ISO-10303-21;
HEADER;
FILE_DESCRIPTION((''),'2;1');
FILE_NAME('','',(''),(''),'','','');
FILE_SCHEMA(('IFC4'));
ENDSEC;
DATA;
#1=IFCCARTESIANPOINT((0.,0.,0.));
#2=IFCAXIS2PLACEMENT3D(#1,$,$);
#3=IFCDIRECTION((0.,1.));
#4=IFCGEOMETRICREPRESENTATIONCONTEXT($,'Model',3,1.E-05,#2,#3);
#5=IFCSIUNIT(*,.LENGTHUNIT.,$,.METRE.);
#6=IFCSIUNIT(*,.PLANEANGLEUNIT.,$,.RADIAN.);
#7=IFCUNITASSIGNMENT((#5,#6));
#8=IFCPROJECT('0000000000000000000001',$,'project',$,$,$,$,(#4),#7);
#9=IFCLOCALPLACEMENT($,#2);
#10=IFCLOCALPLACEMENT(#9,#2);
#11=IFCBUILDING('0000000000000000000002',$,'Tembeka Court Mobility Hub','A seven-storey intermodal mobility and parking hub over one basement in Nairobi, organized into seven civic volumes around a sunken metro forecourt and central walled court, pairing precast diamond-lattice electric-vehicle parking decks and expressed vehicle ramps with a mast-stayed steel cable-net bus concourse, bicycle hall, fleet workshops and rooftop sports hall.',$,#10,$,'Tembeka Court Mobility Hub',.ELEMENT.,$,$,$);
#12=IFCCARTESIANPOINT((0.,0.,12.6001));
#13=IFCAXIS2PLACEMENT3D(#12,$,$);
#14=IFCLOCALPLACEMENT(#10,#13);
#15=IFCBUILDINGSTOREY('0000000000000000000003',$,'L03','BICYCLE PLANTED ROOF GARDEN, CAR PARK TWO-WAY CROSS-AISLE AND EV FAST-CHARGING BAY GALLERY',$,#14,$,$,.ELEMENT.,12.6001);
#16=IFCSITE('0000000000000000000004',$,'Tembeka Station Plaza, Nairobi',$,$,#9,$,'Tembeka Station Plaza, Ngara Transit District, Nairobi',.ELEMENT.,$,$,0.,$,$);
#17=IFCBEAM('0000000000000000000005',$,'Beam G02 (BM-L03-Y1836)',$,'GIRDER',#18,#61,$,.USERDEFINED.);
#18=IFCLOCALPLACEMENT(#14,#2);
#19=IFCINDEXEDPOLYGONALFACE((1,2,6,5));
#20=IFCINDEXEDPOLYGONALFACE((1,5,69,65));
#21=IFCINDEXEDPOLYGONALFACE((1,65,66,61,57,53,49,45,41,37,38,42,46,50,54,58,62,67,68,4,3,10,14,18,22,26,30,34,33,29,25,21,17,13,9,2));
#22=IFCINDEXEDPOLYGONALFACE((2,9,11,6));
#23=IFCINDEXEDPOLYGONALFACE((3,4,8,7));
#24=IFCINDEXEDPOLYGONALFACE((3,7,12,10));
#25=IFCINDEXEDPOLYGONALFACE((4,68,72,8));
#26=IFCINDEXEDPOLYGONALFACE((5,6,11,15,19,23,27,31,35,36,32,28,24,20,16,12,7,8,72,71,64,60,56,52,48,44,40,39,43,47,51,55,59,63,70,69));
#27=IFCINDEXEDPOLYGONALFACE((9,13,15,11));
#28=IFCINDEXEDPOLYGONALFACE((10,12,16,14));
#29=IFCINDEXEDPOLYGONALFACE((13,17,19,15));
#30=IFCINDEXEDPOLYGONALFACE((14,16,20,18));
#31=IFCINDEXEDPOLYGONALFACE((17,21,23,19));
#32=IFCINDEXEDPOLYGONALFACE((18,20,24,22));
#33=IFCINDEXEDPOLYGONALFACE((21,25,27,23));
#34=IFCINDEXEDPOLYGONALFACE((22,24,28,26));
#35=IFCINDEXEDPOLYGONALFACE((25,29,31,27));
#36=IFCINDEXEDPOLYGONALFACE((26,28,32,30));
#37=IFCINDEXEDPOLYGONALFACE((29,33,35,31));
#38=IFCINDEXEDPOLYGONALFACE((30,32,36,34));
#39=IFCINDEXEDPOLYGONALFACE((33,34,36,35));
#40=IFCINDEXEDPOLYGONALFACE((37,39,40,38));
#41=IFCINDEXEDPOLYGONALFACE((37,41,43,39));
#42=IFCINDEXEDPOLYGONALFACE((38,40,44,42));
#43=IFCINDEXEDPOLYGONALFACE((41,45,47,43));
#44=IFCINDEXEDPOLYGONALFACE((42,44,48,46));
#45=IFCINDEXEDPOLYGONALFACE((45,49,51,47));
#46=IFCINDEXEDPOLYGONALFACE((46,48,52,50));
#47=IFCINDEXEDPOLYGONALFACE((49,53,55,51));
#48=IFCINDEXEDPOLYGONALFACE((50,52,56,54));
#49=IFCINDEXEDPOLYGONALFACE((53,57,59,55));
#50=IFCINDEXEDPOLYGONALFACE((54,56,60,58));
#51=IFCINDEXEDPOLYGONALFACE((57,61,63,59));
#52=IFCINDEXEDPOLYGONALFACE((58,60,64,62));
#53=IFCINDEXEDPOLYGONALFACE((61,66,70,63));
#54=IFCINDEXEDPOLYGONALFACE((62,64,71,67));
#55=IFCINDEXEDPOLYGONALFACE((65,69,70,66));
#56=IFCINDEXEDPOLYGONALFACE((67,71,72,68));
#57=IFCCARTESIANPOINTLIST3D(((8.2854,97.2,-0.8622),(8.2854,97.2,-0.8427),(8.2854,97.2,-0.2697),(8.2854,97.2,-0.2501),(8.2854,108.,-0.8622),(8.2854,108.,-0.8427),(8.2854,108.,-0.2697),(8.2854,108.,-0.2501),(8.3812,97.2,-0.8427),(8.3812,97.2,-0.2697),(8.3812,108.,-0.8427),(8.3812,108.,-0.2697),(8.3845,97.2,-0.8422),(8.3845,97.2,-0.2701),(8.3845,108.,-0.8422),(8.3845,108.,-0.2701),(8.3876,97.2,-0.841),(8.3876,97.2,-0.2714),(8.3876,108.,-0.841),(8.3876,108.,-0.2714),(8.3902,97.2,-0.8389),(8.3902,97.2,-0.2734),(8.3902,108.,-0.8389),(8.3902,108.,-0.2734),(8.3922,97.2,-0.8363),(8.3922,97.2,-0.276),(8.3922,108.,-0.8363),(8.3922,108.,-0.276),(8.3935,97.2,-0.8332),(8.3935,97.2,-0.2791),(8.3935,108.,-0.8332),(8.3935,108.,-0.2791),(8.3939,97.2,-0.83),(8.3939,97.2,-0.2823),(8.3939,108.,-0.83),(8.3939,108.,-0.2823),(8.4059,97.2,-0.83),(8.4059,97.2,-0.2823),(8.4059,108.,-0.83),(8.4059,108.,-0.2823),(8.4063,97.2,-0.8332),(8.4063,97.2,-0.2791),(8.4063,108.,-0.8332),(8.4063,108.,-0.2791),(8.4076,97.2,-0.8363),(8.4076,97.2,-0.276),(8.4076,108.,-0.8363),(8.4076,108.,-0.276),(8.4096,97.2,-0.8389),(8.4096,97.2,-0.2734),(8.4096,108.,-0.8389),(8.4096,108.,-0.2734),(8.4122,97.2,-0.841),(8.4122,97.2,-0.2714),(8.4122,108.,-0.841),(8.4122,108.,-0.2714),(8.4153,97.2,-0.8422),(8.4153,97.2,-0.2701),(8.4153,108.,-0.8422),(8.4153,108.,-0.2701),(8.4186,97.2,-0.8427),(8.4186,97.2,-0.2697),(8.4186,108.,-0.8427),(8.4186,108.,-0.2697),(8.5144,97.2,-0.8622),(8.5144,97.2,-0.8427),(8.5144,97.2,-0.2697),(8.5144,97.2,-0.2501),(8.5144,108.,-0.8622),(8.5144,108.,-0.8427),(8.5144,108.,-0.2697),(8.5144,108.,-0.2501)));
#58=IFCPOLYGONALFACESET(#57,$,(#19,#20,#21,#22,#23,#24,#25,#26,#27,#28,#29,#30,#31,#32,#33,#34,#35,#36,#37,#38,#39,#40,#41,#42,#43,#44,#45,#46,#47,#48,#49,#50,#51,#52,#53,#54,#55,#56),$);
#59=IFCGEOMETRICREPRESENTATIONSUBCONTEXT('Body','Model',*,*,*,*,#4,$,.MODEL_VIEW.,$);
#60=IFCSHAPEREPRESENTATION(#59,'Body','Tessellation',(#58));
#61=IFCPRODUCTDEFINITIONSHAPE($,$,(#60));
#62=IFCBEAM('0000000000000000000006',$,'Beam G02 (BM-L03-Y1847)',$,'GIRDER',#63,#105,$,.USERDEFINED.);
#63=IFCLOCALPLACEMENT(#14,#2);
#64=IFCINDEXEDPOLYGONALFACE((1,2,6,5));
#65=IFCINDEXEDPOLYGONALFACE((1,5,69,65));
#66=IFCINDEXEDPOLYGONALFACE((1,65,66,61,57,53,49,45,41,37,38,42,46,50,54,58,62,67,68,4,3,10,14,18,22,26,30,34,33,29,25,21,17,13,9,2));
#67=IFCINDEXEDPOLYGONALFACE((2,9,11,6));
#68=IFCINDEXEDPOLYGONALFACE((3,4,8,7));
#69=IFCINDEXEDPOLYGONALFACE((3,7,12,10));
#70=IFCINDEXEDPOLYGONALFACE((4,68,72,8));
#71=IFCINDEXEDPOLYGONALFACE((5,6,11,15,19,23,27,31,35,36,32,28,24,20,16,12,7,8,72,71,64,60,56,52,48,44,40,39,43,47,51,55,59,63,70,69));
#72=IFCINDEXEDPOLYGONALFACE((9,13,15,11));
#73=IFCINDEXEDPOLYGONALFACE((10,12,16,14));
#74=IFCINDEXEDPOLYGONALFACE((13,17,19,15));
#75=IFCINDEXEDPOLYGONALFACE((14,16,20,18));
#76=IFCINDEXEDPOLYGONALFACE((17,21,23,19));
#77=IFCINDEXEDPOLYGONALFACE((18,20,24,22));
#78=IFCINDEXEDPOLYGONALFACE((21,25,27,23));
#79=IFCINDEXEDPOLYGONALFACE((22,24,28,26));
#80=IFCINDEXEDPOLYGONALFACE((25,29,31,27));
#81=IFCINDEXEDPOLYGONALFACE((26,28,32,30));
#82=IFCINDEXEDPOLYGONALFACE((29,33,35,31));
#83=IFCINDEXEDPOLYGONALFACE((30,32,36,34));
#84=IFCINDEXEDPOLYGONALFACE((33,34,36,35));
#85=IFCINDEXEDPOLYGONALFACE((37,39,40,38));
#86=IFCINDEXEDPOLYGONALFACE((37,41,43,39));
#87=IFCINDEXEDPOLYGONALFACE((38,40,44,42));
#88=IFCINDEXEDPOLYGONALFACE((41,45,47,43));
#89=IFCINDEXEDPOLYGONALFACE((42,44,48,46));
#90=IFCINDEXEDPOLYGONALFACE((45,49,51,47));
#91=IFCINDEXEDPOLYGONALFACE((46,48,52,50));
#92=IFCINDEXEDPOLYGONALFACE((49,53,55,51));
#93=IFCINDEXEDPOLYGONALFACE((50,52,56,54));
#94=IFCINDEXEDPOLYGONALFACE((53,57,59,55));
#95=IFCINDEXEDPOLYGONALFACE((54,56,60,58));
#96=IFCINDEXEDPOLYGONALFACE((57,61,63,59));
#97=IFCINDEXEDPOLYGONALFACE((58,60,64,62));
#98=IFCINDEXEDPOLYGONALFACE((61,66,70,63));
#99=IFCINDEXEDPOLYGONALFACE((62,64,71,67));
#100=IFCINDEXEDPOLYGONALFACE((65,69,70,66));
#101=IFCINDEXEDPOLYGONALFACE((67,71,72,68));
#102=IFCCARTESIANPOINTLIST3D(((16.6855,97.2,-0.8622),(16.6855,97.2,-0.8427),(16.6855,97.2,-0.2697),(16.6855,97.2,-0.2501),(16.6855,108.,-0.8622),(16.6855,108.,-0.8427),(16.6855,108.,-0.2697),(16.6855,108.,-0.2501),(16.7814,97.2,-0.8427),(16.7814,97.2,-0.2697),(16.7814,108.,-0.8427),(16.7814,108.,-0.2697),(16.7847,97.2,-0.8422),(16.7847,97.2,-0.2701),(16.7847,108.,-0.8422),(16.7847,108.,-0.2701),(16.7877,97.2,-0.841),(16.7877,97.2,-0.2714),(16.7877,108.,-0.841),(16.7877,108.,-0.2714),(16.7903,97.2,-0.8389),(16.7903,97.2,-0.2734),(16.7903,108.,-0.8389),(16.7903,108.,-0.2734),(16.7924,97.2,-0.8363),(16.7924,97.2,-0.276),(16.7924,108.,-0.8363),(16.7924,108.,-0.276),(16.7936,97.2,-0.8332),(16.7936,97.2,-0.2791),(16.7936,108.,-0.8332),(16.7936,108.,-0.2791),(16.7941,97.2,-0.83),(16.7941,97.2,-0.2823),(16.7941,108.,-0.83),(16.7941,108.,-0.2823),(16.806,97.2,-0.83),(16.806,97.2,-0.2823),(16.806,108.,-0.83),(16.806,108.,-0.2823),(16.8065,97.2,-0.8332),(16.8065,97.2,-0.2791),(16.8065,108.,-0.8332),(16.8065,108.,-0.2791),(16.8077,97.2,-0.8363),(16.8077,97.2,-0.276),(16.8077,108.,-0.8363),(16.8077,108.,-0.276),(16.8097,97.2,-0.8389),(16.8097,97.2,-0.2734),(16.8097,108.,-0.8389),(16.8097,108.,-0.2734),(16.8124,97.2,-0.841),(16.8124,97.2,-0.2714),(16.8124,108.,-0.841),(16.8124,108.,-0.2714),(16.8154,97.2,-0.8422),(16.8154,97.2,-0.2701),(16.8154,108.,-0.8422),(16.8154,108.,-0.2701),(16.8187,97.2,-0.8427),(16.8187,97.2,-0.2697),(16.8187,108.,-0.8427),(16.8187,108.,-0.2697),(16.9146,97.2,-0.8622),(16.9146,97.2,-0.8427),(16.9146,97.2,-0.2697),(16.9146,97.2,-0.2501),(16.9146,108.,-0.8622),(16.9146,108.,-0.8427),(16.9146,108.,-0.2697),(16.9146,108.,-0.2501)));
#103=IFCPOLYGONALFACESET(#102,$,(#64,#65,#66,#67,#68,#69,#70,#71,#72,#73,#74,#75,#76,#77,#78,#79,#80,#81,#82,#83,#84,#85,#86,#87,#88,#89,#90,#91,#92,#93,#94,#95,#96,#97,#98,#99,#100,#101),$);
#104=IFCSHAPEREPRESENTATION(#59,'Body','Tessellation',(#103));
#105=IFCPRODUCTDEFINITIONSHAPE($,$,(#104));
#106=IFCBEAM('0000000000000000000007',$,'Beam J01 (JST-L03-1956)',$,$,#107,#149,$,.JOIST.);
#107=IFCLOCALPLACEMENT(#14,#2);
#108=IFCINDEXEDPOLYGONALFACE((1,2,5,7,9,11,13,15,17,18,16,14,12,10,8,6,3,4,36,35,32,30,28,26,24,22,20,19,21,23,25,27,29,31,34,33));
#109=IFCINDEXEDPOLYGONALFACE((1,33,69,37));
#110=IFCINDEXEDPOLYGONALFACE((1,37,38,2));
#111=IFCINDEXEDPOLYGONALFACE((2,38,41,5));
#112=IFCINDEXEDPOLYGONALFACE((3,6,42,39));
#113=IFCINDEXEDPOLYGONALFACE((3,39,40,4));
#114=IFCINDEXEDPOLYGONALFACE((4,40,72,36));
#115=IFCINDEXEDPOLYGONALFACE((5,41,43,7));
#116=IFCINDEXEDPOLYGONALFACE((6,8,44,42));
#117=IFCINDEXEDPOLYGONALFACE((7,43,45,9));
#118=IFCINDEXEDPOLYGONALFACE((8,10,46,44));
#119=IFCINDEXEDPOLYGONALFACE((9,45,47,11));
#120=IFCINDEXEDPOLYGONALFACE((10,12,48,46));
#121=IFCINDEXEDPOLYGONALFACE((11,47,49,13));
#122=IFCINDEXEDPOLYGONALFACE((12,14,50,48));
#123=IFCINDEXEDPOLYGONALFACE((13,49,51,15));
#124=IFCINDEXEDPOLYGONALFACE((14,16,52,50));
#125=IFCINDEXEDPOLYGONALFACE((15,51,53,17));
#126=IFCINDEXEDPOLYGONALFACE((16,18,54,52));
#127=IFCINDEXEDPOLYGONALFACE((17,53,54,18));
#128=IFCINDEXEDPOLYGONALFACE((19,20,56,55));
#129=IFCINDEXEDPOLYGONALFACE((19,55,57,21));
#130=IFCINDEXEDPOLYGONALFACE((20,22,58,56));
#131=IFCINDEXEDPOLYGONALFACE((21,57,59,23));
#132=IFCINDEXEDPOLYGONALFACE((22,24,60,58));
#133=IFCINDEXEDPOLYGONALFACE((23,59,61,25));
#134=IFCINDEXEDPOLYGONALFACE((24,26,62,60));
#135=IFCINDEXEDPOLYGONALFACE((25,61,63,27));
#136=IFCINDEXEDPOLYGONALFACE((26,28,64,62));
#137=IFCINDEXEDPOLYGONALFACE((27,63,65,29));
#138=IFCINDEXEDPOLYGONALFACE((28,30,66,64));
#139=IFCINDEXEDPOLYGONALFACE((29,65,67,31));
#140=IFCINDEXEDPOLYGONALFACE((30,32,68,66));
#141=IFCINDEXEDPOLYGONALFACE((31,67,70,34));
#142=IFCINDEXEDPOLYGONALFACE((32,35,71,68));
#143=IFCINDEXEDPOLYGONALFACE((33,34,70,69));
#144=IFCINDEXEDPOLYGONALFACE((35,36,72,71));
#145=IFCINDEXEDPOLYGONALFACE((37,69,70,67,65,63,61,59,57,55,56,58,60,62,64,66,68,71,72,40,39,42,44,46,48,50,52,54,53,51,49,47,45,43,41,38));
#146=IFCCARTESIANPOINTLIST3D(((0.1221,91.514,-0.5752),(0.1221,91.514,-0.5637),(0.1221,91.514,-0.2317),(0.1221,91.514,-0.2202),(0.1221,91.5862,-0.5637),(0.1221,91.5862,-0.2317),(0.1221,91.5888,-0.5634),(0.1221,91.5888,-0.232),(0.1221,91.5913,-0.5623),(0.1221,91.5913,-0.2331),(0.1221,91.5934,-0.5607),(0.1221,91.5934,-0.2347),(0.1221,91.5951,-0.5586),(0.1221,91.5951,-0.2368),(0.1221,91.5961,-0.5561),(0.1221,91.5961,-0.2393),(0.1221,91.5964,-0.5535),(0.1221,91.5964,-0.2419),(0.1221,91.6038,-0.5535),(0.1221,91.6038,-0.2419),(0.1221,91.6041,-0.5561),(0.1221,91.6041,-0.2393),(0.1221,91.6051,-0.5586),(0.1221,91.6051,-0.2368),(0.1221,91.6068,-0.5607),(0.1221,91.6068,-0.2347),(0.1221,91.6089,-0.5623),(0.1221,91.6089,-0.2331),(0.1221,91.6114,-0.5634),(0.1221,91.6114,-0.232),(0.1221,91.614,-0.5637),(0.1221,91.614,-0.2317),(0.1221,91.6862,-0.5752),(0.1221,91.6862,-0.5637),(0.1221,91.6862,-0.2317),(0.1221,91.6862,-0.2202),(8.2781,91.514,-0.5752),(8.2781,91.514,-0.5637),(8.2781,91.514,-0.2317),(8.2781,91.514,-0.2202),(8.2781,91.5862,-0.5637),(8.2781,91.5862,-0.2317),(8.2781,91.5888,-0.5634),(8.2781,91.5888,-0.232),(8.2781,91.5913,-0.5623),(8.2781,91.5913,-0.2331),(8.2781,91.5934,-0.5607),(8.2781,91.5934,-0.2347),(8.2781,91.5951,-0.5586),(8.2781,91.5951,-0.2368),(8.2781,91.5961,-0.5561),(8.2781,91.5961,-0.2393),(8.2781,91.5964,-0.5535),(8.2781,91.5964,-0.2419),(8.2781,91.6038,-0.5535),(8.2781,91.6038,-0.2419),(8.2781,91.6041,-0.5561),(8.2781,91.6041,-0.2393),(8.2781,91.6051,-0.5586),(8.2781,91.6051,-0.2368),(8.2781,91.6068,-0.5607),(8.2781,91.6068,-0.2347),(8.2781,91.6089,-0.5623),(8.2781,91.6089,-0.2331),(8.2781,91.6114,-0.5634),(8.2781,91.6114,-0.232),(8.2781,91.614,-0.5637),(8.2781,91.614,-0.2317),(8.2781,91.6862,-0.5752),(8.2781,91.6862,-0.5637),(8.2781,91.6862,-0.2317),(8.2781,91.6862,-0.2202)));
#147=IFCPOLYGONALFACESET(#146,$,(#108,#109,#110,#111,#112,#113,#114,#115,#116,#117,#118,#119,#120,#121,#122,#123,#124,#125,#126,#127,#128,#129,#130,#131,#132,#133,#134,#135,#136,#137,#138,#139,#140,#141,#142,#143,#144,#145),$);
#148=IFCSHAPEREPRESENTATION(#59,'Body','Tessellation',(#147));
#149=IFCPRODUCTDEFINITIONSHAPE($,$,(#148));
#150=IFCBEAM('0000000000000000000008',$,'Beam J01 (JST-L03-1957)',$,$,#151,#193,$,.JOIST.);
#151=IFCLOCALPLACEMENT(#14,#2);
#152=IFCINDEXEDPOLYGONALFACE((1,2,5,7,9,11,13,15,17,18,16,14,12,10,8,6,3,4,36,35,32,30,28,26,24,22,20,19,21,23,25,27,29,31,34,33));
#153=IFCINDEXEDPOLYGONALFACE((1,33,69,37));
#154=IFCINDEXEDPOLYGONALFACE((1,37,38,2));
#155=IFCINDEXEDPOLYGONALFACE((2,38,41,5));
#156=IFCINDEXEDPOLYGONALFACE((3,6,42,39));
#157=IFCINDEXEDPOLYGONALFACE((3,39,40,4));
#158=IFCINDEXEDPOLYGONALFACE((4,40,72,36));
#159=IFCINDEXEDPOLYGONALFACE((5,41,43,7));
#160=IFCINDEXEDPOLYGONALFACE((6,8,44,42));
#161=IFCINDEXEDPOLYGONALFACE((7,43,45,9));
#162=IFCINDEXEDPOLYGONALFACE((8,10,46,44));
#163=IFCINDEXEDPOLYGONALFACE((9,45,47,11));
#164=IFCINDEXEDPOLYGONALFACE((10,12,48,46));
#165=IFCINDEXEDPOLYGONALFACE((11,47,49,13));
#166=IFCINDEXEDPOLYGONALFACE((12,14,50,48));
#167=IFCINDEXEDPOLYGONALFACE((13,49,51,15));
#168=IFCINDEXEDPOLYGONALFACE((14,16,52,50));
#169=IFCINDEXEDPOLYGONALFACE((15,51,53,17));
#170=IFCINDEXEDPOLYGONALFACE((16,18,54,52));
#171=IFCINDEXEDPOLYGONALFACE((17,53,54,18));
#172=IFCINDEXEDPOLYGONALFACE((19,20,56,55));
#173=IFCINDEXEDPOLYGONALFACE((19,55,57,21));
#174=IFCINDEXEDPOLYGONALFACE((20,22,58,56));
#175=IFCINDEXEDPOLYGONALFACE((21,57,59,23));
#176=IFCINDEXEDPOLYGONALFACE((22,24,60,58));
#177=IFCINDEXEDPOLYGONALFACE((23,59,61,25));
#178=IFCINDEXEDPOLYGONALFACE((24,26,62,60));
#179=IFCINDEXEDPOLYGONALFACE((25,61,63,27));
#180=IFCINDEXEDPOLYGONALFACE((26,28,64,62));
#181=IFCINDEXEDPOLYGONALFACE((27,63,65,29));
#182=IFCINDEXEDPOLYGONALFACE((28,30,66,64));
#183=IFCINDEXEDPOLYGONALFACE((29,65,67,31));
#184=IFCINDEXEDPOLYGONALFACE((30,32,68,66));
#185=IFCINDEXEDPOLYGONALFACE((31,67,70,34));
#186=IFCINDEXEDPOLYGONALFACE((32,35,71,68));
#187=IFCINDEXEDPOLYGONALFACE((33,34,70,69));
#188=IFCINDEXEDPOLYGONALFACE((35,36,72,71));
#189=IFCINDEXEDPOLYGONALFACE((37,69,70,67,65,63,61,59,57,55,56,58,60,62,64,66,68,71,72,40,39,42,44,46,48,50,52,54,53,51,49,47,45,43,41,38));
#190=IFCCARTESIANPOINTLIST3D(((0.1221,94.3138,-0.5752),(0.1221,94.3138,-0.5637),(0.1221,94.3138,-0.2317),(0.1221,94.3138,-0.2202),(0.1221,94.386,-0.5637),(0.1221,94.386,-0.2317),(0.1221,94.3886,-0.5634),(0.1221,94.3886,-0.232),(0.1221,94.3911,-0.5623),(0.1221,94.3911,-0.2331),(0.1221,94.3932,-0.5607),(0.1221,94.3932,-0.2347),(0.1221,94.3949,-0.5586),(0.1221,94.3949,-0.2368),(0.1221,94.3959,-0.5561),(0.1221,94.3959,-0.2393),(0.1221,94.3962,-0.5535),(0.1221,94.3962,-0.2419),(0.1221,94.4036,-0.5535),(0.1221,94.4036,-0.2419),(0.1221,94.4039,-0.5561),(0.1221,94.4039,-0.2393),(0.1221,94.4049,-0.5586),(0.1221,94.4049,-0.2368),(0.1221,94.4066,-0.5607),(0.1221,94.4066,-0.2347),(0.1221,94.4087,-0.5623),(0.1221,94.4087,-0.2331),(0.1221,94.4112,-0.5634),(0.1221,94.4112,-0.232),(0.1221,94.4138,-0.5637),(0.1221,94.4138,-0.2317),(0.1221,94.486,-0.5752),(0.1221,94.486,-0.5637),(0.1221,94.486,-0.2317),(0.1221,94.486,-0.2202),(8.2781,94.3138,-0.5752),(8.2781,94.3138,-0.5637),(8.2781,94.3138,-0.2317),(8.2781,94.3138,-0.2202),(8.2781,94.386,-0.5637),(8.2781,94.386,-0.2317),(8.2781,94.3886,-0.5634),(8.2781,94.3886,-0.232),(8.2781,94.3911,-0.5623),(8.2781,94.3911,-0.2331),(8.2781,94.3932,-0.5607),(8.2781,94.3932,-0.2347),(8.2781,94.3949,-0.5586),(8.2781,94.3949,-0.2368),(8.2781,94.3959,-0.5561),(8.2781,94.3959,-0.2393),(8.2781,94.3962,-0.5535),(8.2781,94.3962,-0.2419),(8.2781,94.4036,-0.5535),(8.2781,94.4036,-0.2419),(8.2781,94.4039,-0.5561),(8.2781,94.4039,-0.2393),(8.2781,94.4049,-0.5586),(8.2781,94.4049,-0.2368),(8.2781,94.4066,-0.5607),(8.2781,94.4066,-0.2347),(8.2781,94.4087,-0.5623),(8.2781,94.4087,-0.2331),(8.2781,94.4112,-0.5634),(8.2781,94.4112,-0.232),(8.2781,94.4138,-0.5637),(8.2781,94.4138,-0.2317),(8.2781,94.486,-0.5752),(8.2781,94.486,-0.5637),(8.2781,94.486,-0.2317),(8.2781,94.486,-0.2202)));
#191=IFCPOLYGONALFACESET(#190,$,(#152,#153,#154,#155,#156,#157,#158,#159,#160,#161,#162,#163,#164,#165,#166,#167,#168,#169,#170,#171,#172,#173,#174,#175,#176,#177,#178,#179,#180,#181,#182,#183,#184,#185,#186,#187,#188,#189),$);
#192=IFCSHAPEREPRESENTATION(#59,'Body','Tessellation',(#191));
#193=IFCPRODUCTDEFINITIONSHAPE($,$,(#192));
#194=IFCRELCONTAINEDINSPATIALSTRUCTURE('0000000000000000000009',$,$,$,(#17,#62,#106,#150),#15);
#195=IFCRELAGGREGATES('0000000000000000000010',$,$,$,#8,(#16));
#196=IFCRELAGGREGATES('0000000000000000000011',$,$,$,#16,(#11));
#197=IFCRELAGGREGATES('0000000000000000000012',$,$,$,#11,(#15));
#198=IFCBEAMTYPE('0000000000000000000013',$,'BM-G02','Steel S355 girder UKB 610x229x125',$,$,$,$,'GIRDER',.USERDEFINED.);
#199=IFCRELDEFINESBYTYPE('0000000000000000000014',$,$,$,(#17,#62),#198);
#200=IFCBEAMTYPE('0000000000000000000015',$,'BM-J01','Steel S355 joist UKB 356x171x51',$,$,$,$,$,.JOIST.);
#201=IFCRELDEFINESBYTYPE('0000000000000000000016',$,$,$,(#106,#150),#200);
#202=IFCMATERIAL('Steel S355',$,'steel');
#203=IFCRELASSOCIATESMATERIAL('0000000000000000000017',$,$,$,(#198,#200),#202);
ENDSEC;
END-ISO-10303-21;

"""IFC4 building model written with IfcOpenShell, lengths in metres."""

from ifc_helpers import new_model, si_unit, direction, frame, origin, origin_2d, place, context, subcontext, project, spatial, i_section, extrude, material, material_profile, profile_set, type_object, element, save


model = new_model("IFC4")

# Units and contexts
model_context = context("Model", 3, precision=1e-05, world=origin(), true_north=direction((0.0, 1.0)))
body_context = subcontext(model_context, "Body", "Model", "MODEL_VIEW")
ifc_project = project(units=[si_unit("LENGTHUNIT", "METRE"), si_unit("PLANEANGLEUNIT", "RADIAN")], contexts=[model_context])

# Site, building, storey
site_placement = place(None, origin())
site = spatial("IfcSite", under=ifc_project, at=site_placement, Name="Tembeka Station Plaza, Nairobi", LongName="Tembeka Station Plaza, Ngara Transit District, Nairobi", CompositionType="ELEMENT", RefElevation=0.0)
building_placement = place(site_placement, origin())
building = spatial("IfcBuilding", under=site, at=building_placement, Name="Tembeka Court Mobility Hub", Description="A seven-storey intermodal mobility and parking hub over one basement in Nairobi, organized into seven civic volumes around a sunken metro forecourt and central walled court, pairing precast diamond-lattice electric-vehicle parking decks and expressed vehicle ramps with a mast-stayed steel cable-net bus concourse, bicycle hall, fleet workshops and rooftop sports hall.", LongName="Tembeka Court Mobility Hub", CompositionType="ELEMENT")
storey_placement = place(building_placement, frame((0.0, 0.0, 12.6001)))
storey = spatial("IfcBuildingStorey", under=building, at=storey_placement, Name="L03", Description="BICYCLE PLANTED ROOF GARDEN, CAR PARK TWO-WAY CROSS-AISLE AND EV FAST-CHARGING BAY GALLERY", CompositionType="ELEMENT", Elevation=12.6001)

# Shared definitions
ifc_material_1 = material(Name="Steel S355", Category="steel")

# Beams
ifc_material_profile_1 = material_profile(ifc_material_1, i_section(OverallWidth=0.229, OverallDepth=0.6121, WebThickness=0.012, FlangeThickness=0.0195, FilletRadius=0.0127, at=origin_2d()), Name="UKB 610x229x125")
ifc_profile_set_1 = profile_set([ifc_material_profile_1], Name="Steel S355")
beam_type_1 = type_object("IfcBeamType", Name="BM-G02", Description="Steel S355 girder UKB 610x229x125", ElementType="GIRDER", PredefinedType="USERDEFINED", material=ifc_profile_set_1)
for number, where, z_axis, x_axis, name in (
    (1, (8.3999, 97.2, -0.5562), (0.0, 1.0, 0.0), (-1.0, 0.0, 0.0), "Beam G02 (BM-L03-Y1836)"),
    (2, (16.8, 97.2, -0.5562), (0.0, 1.0, 0.0), (-1.0, 0.0, 0.0), "Beam G02 (BM-L03-Y1847)"),
):
    element("IfcBeam", number, at=place(storey_placement, frame(where, z_axis=z_axis, x_axis=x_axis)), inside=storey, type_object=beam_type_1, Name=name, ObjectType="GIRDER", PredefinedType="USERDEFINED", context=body_context, shape_type="SweptSolid", body=[
        extrude(i_section(OverallWidth=0.229, OverallDepth=0.6121, WebThickness=0.012, FlangeThickness=0.0195, FilletRadius=0.0127, at=origin_2d()), origin(), (0.0, 0.0, 1.0), 10.8),
    ])
ifc_material_profile_2 = material_profile(ifc_material_1, i_section(OverallWidth=0.1721, OverallDepth=0.355, WebThickness=0.0073, FlangeThickness=0.0115, FilletRadius=0.0103, at=origin_2d()), Name="UKB 356x171x51")
ifc_profile_set_2 = profile_set([ifc_material_profile_2], Name="Steel S355")
beam_type_2 = type_object("IfcBeamType", Name="BM-J01", Description="Steel S355 joist UKB 356x171x51", PredefinedType="JOIST", material=ifc_profile_set_2)
for number, where, z_axis, x_axis, name in (
    (3, (0.1221, 91.6001, -0.3977), (1.0, 0.0, 0.0), (0.0, 1.0, 0.0), "Beam J01 (JST-L03-1956)"),
    (4, (0.1221, 94.3999, -0.3977), (1.0, 0.0, 0.0), (0.0, 1.0, 0.0), "Beam J01 (JST-L03-1957)"),
):
    element("IfcBeam", number, at=place(storey_placement, frame(where, z_axis=z_axis, x_axis=x_axis)), inside=storey, type_object=beam_type_2, Name=name, PredefinedType="JOIST", context=body_context, shape_type="SweptSolid", body=[
        extrude(i_section(OverallWidth=0.1721, OverallDepth=0.355, WebThickness=0.0073, FlangeThickness=0.0115, FilletRadius=0.0103, at=origin_2d()), origin(), (0.0, 0.0, 1.0), 8.156),
    ])

save(model, "model.ifc")
